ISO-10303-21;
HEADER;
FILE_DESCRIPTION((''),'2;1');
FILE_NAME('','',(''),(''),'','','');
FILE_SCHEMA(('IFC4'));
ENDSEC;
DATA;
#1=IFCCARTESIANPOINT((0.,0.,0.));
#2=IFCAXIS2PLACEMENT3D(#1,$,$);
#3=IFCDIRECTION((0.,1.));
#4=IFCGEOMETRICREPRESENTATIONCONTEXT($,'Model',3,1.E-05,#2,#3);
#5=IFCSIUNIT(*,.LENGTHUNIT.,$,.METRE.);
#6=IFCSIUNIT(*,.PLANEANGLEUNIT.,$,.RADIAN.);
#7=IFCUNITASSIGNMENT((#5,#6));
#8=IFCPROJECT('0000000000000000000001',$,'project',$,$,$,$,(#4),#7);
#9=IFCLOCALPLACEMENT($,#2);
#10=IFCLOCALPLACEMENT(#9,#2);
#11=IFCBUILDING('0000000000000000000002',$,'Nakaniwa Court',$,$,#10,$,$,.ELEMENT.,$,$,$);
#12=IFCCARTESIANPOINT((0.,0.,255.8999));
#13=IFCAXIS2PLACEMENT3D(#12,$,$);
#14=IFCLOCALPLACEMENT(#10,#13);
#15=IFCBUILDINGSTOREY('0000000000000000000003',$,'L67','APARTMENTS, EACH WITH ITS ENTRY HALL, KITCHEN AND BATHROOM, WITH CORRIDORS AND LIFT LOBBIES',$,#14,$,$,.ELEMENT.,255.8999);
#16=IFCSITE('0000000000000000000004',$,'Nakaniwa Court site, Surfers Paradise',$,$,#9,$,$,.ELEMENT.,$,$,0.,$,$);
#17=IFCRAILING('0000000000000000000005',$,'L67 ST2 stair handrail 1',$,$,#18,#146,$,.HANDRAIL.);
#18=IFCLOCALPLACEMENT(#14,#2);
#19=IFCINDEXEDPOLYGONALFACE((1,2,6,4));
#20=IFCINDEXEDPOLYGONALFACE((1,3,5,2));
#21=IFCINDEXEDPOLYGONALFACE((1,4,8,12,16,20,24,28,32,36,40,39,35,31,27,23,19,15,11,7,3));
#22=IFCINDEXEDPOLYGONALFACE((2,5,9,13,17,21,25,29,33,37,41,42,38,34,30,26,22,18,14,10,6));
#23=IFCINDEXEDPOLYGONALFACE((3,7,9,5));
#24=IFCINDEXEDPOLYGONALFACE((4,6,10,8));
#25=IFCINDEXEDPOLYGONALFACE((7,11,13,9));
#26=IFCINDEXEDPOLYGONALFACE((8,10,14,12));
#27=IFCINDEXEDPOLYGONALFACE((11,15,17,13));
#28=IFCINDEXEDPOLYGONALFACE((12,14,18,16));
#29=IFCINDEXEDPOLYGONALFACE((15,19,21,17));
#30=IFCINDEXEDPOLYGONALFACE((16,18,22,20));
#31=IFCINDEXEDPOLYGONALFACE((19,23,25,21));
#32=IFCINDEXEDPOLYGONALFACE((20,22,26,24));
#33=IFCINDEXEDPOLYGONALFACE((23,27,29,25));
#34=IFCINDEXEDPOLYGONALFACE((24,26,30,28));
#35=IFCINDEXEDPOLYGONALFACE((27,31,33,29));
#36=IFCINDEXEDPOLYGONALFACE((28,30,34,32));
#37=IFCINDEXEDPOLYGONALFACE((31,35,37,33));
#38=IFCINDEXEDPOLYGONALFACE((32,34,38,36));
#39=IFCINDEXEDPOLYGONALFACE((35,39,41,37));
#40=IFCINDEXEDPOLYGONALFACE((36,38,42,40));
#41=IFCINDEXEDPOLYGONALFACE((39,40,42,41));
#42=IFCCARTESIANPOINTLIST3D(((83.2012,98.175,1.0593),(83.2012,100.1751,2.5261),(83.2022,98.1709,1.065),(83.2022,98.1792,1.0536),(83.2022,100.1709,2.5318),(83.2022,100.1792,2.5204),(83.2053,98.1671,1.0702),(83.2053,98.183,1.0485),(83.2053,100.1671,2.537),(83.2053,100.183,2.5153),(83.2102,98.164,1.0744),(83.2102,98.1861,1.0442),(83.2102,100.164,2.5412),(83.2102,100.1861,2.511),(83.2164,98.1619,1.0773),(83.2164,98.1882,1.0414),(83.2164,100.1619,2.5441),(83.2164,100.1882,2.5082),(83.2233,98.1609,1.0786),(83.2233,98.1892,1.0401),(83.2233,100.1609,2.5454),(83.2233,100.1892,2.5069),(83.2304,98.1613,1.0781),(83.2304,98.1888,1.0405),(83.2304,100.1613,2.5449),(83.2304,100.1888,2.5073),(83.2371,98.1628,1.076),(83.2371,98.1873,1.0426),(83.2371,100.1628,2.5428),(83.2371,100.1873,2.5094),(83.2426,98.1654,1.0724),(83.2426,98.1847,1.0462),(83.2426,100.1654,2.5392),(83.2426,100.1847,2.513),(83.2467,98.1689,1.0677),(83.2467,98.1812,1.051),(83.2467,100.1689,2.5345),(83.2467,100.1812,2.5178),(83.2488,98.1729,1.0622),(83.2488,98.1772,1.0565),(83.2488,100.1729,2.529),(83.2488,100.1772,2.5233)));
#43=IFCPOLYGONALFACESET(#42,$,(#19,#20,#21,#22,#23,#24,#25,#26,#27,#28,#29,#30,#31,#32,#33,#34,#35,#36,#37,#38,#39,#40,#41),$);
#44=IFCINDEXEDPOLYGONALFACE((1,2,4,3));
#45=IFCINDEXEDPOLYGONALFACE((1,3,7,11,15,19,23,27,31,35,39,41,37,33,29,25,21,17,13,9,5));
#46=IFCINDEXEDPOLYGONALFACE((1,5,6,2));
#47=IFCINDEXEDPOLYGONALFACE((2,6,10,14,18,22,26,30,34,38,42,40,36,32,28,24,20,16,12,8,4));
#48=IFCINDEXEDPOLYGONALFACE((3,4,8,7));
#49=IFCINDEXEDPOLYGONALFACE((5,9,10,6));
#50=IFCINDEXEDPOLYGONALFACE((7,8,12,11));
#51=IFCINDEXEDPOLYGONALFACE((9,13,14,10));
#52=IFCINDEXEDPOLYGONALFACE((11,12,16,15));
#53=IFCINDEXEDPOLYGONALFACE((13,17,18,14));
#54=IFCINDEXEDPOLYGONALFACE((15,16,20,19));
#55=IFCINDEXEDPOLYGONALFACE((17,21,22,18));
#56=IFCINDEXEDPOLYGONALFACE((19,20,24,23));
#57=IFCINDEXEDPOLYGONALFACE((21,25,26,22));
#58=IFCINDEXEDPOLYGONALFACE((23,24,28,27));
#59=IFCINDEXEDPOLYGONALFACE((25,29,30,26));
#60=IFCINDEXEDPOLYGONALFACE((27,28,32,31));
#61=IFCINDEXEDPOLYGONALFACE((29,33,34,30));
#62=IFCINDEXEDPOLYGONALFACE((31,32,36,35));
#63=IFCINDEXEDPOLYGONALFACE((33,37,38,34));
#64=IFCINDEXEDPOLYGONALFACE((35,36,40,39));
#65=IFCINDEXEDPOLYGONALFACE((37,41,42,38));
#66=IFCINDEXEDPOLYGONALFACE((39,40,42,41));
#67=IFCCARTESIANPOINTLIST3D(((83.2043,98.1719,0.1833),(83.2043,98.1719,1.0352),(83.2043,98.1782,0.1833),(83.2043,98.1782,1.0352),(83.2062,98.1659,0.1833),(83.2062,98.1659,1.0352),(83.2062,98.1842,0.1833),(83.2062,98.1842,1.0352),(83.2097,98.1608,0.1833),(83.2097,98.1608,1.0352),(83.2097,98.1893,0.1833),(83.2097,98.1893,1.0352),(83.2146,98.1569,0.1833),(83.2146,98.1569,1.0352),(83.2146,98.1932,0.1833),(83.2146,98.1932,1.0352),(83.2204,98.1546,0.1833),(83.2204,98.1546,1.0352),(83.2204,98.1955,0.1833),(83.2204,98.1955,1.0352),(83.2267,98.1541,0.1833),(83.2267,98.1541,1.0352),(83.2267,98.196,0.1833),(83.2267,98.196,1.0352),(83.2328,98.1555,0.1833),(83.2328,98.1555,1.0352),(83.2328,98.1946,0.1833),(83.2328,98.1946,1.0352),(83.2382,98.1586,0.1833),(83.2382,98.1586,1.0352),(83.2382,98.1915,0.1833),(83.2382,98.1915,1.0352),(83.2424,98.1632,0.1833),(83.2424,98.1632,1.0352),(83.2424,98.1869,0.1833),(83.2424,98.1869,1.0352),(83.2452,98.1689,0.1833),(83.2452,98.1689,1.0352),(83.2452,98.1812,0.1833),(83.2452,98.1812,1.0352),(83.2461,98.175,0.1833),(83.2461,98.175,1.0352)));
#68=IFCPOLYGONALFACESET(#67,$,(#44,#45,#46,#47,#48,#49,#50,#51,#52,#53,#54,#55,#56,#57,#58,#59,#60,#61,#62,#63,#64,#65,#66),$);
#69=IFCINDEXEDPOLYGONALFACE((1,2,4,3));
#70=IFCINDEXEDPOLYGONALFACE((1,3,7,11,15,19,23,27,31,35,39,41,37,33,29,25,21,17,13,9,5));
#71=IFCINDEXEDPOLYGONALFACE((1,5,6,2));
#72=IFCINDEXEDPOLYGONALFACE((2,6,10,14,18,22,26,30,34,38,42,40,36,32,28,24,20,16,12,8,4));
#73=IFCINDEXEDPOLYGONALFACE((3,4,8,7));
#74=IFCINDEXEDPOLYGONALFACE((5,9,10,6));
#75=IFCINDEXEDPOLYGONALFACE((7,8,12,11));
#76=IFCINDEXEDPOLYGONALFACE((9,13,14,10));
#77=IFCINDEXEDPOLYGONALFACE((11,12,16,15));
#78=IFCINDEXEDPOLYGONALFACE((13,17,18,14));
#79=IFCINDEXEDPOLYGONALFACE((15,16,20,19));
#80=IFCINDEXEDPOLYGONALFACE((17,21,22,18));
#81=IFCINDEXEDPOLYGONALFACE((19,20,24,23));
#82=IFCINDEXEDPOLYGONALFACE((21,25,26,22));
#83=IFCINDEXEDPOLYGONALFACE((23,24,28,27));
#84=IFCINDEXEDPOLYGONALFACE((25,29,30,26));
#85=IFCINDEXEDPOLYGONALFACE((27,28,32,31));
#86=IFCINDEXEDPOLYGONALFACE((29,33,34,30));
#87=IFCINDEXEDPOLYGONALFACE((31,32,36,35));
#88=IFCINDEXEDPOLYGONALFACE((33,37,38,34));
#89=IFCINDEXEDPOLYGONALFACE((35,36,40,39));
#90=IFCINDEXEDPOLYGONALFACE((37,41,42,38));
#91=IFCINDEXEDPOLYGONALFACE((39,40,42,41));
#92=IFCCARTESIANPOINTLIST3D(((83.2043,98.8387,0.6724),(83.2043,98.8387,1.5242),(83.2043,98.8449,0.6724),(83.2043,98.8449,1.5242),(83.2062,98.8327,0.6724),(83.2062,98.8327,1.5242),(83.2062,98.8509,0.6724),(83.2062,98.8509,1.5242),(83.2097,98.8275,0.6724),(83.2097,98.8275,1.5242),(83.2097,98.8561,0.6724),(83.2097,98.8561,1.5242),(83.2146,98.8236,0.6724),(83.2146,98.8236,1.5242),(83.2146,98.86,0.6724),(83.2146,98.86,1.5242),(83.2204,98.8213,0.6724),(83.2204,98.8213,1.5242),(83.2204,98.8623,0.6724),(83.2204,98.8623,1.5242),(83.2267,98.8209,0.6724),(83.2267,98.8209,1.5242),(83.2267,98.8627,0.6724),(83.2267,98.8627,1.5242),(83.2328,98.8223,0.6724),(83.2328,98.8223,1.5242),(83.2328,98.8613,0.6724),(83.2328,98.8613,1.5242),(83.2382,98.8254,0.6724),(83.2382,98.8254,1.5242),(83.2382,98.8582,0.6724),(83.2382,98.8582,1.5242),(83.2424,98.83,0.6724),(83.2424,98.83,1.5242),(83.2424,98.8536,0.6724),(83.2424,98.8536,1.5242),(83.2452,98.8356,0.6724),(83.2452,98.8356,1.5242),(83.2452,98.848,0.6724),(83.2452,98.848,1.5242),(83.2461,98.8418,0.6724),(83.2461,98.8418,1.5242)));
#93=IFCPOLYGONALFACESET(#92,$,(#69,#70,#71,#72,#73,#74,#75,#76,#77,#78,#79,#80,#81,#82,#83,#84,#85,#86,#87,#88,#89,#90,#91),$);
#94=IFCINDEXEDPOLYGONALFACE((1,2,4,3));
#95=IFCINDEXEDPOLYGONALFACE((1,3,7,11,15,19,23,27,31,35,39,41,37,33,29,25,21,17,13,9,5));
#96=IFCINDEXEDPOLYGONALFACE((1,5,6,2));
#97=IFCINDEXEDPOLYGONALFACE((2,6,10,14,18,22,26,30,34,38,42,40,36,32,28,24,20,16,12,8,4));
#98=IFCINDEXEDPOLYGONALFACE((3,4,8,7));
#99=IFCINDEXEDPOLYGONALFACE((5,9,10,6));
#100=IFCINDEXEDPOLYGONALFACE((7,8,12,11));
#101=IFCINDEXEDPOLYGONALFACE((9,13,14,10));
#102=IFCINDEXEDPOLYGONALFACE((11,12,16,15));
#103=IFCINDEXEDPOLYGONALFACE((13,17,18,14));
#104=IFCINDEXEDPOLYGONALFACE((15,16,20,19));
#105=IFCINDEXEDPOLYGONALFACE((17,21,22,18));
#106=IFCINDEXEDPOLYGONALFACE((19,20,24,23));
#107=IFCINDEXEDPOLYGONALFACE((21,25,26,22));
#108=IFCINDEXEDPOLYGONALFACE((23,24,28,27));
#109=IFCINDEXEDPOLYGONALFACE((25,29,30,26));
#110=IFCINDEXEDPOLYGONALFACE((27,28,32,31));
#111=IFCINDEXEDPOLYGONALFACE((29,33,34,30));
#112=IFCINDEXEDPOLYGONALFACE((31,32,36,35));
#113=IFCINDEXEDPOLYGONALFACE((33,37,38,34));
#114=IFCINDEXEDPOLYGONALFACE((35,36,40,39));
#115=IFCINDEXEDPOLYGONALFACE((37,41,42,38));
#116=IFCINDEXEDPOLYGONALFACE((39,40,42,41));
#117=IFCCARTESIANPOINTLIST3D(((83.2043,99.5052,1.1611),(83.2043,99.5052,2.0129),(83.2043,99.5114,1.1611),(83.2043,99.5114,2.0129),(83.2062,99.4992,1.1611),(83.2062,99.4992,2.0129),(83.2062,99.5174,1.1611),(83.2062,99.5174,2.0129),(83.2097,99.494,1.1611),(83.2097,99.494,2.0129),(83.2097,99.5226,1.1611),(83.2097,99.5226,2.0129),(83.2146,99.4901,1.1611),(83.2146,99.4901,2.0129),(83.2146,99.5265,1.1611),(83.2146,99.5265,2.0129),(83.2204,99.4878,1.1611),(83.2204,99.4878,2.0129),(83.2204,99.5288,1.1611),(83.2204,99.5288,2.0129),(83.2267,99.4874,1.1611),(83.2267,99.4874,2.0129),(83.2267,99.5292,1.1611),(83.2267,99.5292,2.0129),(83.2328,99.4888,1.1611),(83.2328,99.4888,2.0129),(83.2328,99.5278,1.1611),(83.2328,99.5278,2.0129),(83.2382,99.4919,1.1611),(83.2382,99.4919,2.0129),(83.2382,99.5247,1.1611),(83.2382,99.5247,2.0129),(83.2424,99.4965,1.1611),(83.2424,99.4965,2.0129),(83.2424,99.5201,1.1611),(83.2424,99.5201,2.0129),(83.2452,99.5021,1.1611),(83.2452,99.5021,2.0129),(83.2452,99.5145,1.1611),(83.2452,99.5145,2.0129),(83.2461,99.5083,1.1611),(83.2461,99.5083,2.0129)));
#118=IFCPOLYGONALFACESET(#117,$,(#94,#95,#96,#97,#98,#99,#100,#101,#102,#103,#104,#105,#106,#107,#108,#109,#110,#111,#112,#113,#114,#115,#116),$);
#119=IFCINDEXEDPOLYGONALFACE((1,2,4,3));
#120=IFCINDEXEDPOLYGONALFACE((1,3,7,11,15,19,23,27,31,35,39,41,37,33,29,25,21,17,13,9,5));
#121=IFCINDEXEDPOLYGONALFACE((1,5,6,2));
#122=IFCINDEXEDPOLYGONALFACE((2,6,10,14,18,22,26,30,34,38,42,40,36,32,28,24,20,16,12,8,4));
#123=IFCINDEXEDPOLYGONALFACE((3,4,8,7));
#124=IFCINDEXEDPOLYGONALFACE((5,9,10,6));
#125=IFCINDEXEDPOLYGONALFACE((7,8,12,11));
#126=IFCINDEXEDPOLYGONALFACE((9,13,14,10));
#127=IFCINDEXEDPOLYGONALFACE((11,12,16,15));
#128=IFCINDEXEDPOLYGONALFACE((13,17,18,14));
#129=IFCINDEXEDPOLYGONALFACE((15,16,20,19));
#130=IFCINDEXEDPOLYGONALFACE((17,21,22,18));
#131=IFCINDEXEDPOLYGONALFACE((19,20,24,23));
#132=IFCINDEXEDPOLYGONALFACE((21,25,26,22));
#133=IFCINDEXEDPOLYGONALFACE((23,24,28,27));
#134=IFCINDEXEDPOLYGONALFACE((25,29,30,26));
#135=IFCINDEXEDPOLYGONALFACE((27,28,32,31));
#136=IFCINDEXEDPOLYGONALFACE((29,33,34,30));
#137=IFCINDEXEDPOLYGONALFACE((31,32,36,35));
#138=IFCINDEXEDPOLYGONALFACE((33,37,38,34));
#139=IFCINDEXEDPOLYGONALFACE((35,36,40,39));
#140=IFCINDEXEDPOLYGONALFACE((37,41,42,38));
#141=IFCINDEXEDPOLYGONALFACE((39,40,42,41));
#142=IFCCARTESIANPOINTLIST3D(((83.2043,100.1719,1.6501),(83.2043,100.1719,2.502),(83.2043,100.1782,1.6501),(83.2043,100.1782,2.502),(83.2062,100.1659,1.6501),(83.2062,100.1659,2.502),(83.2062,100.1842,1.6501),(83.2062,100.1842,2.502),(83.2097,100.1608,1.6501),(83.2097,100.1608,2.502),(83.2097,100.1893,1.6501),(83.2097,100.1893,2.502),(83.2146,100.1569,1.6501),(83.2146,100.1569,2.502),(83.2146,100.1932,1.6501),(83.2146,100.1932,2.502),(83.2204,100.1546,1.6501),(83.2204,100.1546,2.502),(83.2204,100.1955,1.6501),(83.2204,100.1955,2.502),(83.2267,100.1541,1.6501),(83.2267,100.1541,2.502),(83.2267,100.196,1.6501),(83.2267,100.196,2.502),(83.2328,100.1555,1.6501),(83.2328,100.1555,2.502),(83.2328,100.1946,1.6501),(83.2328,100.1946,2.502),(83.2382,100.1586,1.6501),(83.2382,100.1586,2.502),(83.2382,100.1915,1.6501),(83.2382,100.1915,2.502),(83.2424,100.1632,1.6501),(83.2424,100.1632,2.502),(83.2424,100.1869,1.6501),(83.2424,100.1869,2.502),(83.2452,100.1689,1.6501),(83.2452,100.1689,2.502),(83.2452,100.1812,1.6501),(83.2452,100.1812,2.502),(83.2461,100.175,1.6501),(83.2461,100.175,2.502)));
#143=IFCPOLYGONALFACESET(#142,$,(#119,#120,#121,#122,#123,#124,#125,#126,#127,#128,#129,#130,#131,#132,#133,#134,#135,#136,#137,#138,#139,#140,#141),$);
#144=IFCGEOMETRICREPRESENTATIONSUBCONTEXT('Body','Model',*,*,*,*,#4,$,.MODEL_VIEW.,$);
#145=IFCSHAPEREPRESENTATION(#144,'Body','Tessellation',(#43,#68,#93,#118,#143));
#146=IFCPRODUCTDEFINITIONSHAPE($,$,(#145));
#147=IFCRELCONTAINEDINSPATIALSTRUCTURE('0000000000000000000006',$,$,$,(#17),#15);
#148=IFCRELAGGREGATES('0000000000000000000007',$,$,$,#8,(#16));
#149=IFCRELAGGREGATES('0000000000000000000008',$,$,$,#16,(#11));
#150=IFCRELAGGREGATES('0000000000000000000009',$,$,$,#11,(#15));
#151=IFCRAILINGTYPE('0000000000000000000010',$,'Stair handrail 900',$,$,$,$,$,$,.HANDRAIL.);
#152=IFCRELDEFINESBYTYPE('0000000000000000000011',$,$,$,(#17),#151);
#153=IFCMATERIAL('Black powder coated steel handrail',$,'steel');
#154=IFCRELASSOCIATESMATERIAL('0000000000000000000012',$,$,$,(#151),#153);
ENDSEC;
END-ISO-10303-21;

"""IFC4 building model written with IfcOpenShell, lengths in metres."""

from ifc_helpers import new_model, si_unit, direction, frame, origin, origin_2d, place, context, subcontext, project, spatial, circle, extrude, material, type_object, element, save


model = new_model("IFC4")

# Units and contexts
model_context = context("Model", 3, precision=1e-05, world=origin(), true_north=direction((0.0, 1.0)))
body_context = subcontext(model_context, "Body", "Model", "MODEL_VIEW")
ifc_project = project(units=[si_unit("LENGTHUNIT", "METRE"), si_unit("PLANEANGLEUNIT", "RADIAN")], contexts=[model_context])

# Site, building, storey
site_placement = place(None, origin())
site = spatial("IfcSite", under=ifc_project, at=site_placement, Name="Nakaniwa Court site, Surfers Paradise", CompositionType="ELEMENT", RefElevation=0.0)
building_placement = place(site_placement, origin())
building = spatial("IfcBuilding", under=site, at=building_placement, Name="Nakaniwa Court", CompositionType="ELEMENT")
storey_placement = place(building_placement, frame((0.0, 0.0, 255.8999)))
storey = spatial("IfcBuildingStorey", under=building, at=storey_placement, Name="L67", Description="APARTMENTS, EACH WITH ITS ENTRY HALL, KITCHEN AND BATHROOM, WITH CORRIDORS AND LIFT LOBBIES", CompositionType="ELEMENT", Elevation=255.8999)

# Railing
ifc_material_1 = material(Name="Black powder coated steel handrail", Category="steel")
railing_type_1 = type_object("IfcRailingType", Name="Stair handrail 900", PredefinedType="HANDRAIL", material=ifc_material_1)
railing_1_placement = place(storey_placement, frame((83.2251, 98.175, 0.1833)))
element("IfcRailing", 1, at=railing_1_placement, inside=storey, type_object=railing_type_1, Name="L67 ST2 stair handrail 1", PredefinedType="HANDRAIL", context=body_context, shape_type="SweptSolid", body=[
    extrude(circle(Radius=0.0239, at=origin_2d()), frame((0.0, 0.0, 0.876), z_axis=(0.0, 0.80638, 0.591398), x_axis=(-1.0, 0.0, 0.0)), (0.0, 0.0, 1.0), 2.4802),
    extrude(circle(Radius=0.021, at=origin_2d()), origin(), (0.0, 0.0, 1.0), 0.8518),
    extrude(circle(Radius=0.021, at=origin_2d()), frame((0.0, 0.6667, 0.489)), (0.0, 0.0, 1.0), 0.8518),
    extrude(circle(Radius=0.021, at=origin_2d()), frame((0.0, 1.3333, 0.9778)), (0.0, 0.0, 1.0), 0.8518),
    extrude(circle(Radius=0.021, at=origin_2d()), frame((0.0, 2.0, 1.4668)), (0.0, 0.0, 1.0), 0.8518),
])

save(model, "model.ifc")
